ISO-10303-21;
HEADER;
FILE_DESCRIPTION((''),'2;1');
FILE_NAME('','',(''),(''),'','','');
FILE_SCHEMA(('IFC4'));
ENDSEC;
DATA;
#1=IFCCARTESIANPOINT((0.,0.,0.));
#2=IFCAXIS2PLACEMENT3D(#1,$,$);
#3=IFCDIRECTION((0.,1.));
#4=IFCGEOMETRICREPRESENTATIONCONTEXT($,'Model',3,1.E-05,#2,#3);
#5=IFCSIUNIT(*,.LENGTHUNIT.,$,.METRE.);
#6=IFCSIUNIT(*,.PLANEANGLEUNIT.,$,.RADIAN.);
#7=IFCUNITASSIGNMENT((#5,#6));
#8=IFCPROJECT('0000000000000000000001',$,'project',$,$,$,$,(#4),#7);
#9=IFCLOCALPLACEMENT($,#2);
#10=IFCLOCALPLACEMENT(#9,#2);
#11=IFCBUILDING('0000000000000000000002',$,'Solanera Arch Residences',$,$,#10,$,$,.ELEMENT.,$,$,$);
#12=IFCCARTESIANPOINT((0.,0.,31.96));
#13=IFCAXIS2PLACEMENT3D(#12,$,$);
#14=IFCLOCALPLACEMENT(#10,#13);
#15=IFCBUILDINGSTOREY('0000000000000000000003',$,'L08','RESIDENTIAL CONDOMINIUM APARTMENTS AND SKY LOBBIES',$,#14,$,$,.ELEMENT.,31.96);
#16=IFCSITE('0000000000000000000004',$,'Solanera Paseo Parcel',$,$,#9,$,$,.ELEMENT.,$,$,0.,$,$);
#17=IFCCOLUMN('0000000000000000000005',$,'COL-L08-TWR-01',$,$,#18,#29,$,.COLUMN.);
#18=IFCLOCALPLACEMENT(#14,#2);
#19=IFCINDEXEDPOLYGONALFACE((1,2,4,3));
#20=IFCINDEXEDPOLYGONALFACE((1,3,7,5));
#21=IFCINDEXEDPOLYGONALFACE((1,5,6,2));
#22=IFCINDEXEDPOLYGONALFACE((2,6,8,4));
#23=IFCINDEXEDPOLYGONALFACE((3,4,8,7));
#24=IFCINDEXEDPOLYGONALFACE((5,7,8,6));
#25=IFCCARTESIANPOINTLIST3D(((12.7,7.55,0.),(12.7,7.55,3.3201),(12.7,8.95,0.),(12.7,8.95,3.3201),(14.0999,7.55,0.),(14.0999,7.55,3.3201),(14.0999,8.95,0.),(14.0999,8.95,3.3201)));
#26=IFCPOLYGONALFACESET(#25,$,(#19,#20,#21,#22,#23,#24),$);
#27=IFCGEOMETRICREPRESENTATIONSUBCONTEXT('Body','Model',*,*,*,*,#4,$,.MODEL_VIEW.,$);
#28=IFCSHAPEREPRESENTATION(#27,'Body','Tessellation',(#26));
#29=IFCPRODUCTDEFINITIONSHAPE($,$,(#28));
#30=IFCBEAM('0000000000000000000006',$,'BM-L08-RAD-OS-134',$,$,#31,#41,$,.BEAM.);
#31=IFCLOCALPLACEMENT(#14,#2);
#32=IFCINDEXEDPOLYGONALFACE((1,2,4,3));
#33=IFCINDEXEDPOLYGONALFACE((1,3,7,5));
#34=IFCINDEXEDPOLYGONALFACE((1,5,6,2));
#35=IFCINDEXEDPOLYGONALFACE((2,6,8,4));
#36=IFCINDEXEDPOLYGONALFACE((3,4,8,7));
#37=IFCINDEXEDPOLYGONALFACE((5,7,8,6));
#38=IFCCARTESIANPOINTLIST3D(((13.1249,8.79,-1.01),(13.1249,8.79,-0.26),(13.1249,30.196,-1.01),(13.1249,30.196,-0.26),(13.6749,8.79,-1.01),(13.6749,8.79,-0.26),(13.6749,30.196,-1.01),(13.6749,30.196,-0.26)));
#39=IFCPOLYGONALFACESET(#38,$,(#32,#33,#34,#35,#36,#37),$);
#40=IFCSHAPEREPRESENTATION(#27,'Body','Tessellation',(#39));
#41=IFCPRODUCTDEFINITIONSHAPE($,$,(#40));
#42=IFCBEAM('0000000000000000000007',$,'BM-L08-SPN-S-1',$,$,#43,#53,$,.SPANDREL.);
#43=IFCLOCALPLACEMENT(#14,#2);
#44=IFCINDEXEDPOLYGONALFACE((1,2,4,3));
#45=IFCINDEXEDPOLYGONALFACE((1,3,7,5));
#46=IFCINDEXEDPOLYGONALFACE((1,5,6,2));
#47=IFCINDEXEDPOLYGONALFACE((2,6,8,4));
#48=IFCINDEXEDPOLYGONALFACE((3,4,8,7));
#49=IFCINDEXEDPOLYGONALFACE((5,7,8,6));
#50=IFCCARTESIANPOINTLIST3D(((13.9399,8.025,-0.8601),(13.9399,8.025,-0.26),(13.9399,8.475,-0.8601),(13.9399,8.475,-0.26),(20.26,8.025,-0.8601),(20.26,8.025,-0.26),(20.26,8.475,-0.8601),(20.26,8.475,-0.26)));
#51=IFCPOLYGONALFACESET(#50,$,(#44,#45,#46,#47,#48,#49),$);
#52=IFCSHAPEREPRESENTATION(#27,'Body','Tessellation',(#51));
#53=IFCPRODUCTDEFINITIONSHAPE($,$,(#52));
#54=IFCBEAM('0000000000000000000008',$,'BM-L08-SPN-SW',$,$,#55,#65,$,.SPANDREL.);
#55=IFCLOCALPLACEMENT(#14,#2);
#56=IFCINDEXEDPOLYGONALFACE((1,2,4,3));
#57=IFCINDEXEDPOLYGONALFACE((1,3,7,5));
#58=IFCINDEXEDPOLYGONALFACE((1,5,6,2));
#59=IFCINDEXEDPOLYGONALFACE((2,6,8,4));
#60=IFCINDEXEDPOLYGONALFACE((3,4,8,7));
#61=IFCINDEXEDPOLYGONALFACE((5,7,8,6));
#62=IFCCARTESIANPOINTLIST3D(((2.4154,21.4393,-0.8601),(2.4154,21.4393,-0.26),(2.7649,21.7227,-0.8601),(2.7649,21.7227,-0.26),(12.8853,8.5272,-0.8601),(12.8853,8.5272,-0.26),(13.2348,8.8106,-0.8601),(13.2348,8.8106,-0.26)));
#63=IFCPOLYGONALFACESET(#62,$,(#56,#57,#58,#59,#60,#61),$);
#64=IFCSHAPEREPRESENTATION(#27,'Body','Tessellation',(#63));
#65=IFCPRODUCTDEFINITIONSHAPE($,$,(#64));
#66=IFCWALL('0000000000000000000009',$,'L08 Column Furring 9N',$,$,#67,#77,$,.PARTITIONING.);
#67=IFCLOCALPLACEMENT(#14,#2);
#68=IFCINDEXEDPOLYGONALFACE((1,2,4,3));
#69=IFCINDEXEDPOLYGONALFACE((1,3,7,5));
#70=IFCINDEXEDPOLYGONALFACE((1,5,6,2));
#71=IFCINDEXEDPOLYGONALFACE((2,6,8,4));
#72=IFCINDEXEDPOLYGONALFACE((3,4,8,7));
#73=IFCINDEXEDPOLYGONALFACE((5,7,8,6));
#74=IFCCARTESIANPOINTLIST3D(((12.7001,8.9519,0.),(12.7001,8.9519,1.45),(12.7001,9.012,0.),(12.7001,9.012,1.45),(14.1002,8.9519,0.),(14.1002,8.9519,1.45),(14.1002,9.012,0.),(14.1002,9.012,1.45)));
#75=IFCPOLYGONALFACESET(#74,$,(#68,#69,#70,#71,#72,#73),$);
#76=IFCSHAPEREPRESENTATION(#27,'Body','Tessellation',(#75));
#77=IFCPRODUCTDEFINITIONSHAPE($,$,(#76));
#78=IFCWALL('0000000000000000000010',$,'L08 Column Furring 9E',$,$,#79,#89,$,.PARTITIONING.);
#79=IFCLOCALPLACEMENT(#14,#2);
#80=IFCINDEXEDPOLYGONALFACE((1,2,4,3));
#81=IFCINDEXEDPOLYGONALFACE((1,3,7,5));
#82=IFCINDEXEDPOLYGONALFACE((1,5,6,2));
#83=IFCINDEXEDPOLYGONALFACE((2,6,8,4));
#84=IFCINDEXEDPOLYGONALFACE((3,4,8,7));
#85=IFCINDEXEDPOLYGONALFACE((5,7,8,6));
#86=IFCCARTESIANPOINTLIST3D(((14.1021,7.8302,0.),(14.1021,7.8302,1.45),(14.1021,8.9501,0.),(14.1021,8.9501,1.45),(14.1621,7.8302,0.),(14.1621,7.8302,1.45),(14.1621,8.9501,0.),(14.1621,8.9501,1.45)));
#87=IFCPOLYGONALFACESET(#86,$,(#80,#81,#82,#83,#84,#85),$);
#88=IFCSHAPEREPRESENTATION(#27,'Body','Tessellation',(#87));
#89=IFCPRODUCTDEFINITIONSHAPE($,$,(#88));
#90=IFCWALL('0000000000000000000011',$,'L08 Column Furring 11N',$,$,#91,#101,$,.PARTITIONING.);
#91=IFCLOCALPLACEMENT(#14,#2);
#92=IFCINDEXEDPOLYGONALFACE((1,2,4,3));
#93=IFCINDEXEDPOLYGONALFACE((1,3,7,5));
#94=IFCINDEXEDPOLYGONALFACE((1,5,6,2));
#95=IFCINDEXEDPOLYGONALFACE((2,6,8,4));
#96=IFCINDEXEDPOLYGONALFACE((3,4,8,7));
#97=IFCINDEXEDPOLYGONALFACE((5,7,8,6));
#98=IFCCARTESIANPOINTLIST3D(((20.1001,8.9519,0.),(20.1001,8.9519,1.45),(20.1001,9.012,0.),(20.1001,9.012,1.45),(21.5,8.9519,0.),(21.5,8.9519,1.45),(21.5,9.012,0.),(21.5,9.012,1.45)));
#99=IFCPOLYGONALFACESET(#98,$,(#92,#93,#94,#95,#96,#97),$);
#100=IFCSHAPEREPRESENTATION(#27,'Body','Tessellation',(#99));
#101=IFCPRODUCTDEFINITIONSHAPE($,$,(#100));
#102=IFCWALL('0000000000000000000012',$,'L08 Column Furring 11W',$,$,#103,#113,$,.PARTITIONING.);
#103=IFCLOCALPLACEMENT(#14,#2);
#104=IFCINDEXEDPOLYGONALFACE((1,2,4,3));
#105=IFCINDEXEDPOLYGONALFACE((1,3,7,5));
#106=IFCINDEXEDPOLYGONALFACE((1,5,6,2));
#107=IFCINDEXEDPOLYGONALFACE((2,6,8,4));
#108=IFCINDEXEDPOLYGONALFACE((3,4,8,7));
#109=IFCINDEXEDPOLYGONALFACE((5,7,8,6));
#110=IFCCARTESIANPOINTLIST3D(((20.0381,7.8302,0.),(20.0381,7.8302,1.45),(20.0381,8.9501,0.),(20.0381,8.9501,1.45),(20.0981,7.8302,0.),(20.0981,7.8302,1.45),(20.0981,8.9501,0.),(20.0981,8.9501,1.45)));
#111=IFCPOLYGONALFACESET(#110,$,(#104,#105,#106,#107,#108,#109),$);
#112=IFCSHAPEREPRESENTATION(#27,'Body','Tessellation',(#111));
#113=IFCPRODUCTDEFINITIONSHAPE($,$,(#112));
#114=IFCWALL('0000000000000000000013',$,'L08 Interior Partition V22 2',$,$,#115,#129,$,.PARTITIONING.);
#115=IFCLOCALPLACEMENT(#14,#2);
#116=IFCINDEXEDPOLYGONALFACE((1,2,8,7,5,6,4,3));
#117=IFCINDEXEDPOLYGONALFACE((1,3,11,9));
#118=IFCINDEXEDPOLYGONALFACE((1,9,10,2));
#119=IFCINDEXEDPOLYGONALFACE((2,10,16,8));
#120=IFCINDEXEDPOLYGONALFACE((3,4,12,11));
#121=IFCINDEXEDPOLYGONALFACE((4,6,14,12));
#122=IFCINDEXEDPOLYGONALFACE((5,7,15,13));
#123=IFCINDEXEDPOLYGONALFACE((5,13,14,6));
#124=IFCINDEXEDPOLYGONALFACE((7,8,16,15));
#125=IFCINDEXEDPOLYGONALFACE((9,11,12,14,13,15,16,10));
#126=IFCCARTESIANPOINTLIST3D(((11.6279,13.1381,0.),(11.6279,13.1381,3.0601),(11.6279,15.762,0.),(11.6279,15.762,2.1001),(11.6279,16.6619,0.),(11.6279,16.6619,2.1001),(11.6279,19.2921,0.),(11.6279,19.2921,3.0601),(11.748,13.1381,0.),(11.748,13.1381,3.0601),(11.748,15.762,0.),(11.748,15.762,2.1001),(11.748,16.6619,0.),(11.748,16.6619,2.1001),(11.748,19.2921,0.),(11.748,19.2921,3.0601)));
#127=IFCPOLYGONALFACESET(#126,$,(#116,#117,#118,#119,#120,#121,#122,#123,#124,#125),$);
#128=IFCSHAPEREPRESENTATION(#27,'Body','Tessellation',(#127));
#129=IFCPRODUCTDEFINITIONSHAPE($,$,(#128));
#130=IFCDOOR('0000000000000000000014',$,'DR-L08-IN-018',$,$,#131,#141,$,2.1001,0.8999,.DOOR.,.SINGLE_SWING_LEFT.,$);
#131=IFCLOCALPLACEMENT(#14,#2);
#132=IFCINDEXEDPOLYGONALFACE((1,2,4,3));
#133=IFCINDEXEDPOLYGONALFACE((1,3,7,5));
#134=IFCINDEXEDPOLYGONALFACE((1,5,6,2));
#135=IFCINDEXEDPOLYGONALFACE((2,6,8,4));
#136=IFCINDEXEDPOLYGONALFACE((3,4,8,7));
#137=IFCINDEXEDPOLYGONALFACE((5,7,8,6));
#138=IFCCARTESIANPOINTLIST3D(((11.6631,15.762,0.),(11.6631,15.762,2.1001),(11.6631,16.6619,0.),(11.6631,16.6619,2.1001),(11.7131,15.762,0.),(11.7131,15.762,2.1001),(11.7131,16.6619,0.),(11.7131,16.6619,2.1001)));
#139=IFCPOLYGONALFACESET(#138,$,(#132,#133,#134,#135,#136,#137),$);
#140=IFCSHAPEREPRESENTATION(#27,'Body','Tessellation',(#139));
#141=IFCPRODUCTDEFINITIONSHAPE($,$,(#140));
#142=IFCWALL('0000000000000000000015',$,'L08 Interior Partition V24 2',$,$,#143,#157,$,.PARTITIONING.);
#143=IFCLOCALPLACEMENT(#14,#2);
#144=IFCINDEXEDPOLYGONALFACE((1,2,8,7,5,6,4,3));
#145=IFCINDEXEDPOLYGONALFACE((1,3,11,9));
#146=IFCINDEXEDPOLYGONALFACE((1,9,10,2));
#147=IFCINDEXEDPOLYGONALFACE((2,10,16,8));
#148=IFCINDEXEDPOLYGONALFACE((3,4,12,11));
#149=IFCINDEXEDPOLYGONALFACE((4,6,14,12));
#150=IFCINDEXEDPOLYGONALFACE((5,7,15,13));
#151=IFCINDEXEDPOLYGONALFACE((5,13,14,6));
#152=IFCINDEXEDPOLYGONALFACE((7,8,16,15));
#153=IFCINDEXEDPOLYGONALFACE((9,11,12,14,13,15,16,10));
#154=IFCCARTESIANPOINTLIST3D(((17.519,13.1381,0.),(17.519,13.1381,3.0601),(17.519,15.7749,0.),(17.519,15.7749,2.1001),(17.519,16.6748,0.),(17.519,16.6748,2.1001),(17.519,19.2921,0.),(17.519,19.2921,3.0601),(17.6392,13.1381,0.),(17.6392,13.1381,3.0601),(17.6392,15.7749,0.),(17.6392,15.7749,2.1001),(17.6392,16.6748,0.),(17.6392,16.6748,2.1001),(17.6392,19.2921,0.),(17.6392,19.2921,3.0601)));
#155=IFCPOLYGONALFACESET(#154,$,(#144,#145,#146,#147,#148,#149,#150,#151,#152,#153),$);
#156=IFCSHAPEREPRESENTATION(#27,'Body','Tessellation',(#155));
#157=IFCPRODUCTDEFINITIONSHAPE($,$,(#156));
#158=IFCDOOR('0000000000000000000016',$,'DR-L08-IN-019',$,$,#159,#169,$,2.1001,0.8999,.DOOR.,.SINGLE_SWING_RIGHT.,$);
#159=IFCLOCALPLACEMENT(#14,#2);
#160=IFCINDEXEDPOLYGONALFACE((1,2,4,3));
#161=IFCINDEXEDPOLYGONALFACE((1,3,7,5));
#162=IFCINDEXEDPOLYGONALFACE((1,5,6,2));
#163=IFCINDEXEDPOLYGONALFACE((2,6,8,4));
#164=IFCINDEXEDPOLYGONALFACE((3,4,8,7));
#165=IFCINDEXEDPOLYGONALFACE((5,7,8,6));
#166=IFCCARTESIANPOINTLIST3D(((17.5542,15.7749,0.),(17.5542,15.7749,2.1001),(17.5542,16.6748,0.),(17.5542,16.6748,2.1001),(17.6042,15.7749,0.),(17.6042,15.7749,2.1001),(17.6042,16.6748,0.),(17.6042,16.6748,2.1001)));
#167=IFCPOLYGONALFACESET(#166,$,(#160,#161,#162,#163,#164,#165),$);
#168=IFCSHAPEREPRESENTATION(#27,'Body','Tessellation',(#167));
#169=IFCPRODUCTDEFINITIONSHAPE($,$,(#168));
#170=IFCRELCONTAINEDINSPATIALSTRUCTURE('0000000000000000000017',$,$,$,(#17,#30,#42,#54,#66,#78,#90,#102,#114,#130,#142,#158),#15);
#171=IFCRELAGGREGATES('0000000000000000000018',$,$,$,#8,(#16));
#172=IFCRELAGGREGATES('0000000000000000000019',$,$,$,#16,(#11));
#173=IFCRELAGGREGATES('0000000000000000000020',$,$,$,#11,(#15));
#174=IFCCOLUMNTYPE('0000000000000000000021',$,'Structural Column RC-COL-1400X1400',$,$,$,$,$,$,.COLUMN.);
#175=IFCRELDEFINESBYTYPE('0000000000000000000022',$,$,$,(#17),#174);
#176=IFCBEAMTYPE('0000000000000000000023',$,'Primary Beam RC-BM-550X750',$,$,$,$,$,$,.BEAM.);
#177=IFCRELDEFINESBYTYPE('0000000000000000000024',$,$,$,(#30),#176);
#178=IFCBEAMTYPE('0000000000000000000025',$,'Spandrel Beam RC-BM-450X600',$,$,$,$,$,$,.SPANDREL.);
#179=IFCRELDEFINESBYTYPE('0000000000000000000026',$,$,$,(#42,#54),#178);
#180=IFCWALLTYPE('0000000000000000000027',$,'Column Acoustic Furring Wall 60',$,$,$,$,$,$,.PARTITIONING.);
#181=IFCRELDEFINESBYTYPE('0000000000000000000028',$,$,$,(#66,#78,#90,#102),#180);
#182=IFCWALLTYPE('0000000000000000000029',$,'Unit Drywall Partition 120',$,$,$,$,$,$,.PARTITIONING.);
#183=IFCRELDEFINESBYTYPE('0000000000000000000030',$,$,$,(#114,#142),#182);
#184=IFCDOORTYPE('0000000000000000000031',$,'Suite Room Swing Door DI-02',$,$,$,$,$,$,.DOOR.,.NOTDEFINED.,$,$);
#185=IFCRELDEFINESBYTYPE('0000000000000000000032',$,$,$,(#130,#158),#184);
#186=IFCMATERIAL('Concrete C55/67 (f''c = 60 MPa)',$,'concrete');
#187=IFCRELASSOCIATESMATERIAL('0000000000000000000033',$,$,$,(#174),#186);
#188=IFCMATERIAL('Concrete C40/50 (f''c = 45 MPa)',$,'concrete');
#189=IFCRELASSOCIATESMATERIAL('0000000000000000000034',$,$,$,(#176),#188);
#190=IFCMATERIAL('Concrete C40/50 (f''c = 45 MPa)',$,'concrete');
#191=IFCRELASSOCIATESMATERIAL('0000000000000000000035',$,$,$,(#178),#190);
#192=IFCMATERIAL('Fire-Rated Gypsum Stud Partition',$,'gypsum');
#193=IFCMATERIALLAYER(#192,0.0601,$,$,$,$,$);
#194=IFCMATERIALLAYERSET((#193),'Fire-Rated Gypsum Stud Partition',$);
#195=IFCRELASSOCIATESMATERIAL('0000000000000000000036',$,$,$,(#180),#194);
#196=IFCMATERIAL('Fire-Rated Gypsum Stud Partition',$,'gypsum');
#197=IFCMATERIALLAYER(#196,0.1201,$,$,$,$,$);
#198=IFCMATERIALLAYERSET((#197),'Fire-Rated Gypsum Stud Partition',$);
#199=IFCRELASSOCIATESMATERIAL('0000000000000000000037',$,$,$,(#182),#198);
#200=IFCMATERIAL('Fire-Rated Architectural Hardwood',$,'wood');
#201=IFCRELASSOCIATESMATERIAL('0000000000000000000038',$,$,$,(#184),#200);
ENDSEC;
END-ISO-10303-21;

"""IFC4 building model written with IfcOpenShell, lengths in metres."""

from ifc_helpers import new_model, si_unit, direction, frame, frame_2d, origin, origin_2d, place, context, subcontext, project, spatial, rectangle, extrude, material, layer, layer_set, material_profile, profile_set, type_object, element, fill, save


model = new_model("IFC4")

# Units and contexts
model_context = context("Model", 3, precision=1e-05, world=origin(), true_north=direction((0.0, 1.0)))
body_context = subcontext(model_context, "Body", "Model", "MODEL_VIEW")
ifc_project = project(units=[si_unit("LENGTHUNIT", "METRE"), si_unit("PLANEANGLEUNIT", "RADIAN")], contexts=[model_context])

# Site, building, storey
site_placement = place(None, origin())
site = spatial("IfcSite", under=ifc_project, at=site_placement, Name="Solanera Paseo Parcel", CompositionType="ELEMENT", RefElevation=0.0)
building_placement = place(site_placement, origin())
building = spatial("IfcBuilding", under=site, at=building_placement, Name="Solanera Arch Residences", CompositionType="ELEMENT")
storey_placement = place(building_placement, frame((0.0, 0.0, 31.96)))
storey = spatial("IfcBuildingStorey", under=building, at=storey_placement, Name="L08", Description="RESIDENTIAL CONDOMINIUM APARTMENTS AND SKY LOBBIES", CompositionType="ELEMENT", Elevation=31.96)

# Column
ifc_material_1 = material(Name="Concrete C55/67 (f'c = 60 MPa)", Category="concrete")
ifc_material_profile_1 = material_profile(ifc_material_1, rectangle(XDim=1.3999, YDim=1.3999, at=origin_2d()))
ifc_profile_set_1 = profile_set([ifc_material_profile_1], Name="Concrete C55/67 (f'c = 60 MPa)")
column_type = type_object("IfcColumnType", Name="Structural Column RC-COL-1400X1400", PredefinedType="COLUMN", material=ifc_profile_set_1)
column_placement = place(storey_placement, frame((13.3999, 8.25, 0.0), z_axis=(0.0, 0.0, 1.0), x_axis=(1.0, 0.0, 0.0)))
element("IfcColumn", 1, at=column_placement, inside=storey, type_object=column_type, Name="COL-L08-TWR-01", PredefinedType="COLUMN", context=body_context, shape_type="SweptSolid", body=[
    extrude(rectangle(XDim=1.3999, YDim=1.3999, at=origin_2d()), origin(), (0.0, 0.0, 1.0), 3.3201),
])

# Beams
ifc_material_2 = material(Name="Concrete C40/50 (f'c = 45 MPa)", Category="concrete")
ifc_material_profile_2 = material_profile(ifc_material_2, rectangle(XDim=0.55, YDim=0.75, at=origin_2d()))
ifc_profile_set_2 = profile_set([ifc_material_profile_2], Name="Concrete C40/50 (f'c = 45 MPa)")
beam_type_1 = type_object("IfcBeamType", Name="Primary Beam RC-BM-550X750", PredefinedType="BEAM", material=ifc_profile_set_2)
beam_1_placement = place(storey_placement, frame((13.3999, 8.79, -0.635), z_axis=(0.0, 1.0, 0.0), x_axis=(-1.0, 0.0, 0.0)))
element("IfcBeam", 2, at=beam_1_placement, inside=storey, type_object=beam_type_1, Name="BM-L08-RAD-OS-134", PredefinedType="BEAM", context=body_context, shape_type="SweptSolid", body=[
    extrude(rectangle(XDim=0.55, YDim=0.75, at=origin_2d()), origin(), (0.0, 0.0, 1.0), 21.406),
])
ifc_material_3 = material(Name="Concrete C40/50 (f'c = 45 MPa)", Category="concrete")
ifc_material_profile_3 = material_profile(ifc_material_3, rectangle(XDim=0.45, YDim=0.6001, at=origin_2d()))
ifc_profile_set_3 = profile_set([ifc_material_profile_3], Name="Concrete C40/50 (f'c = 45 MPa)")
beam_type_2 = type_object("IfcBeamType", Name="Spandrel Beam RC-BM-450X600", PredefinedType="SPANDREL", material=ifc_profile_set_3)
beam_2_placement = place(storey_placement, frame((13.9399, 8.25, -0.5601), z_axis=(1.0, 0.0, 0.0), x_axis=(0.0, 1.0, 0.0)))
element("IfcBeam", 3, at=beam_2_placement, inside=storey, type_object=beam_type_2, Name="BM-L08-SPN-S-1", PredefinedType="SPANDREL", context=body_context, shape_type="SweptSolid", body=[
    extrude(rectangle(XDim=0.45, YDim=0.6001, at=origin_2d()), origin(), (0.0, 0.0, 1.0), 6.3201),
])
beam_3_placement = place(storey_placement, frame((13.0601, 8.6689, -0.5601), z_axis=(-0.629827, 0.776735, 0.0), x_axis=(-0.776735, -0.629827, 0.0)))
element("IfcBeam", 4, at=beam_3_placement, inside=storey, type_object=beam_type_2, Name="BM-L08-SPN-SW", PredefinedType="SPANDREL", context=body_context, shape_type="SweptSolid", body=[
    extrude(rectangle(XDim=0.45, YDim=0.6001, at=origin_2d()), origin(), (0.0, 0.0, 1.0), 16.6235),
])

# Walls
ifc_material_4 = material(Name="Fire-Rated Gypsum Stud Partition", Category="gypsum")
ifc_layer_1 = layer(ifc_material_4, 0.0601)
ifc_layer_set_1 = layer_set([ifc_layer_1], Name="Fire-Rated Gypsum Stud Partition")
wall_type_1 = type_object("IfcWallType", Name="Column Acoustic Furring Wall 60", PredefinedType="PARTITIONING", material=ifc_layer_set_1)
wall_1_placement = place(storey_placement, frame((12.7, 8.9819, 0.0), z_axis=(0.0, 0.0, 1.0), x_axis=(1.0, 0.0, 0.0)))
element("IfcWall", 5, at=wall_1_placement, inside=storey, type_object=wall_type_1, Name="L08 Column Furring 9N", PredefinedType="PARTITIONING", context=body_context, shape_type="SweptSolid", body=[
    extrude(rectangle(XDim=1.4001, YDim=0.0601, at=frame_2d((0.7002, 0.0))), origin(), (0.0, 0.0, 1.0), 1.45),
])
wall_2_placement = place(storey_placement, frame((14.1321, 7.8301, 0.0), z_axis=(0.0, 0.0, 1.0), x_axis=(0.0, 1.0, 0.0)))
element("IfcWall", 6, at=wall_2_placement, inside=storey, type_object=wall_type_1, Name="L08 Column Furring 9E", PredefinedType="PARTITIONING", context=body_context, shape_type="SweptSolid", body=[
    extrude(rectangle(XDim=1.1199, YDim=0.0601, at=frame_2d((0.5601, 0.0))), origin(), (0.0, 0.0, 1.0), 1.45),
])
wall_3_placement = place(storey_placement, frame((20.1001, 8.9819, 0.0), z_axis=(0.0, 0.0, 1.0), x_axis=(1.0, 0.0, 0.0)))
element("IfcWall", 7, at=wall_3_placement, inside=storey, type_object=wall_type_1, Name="L08 Column Furring 11N", PredefinedType="PARTITIONING", context=body_context, shape_type="SweptSolid", body=[
    extrude(rectangle(XDim=1.3999, YDim=0.0601, at=frame_2d((0.7, 0.0))), origin(), (0.0, 0.0, 1.0), 1.45),
])
wall_4_placement = place(storey_placement, frame((20.0681, 7.8301, 0.0), z_axis=(0.0, 0.0, 1.0), x_axis=(0.0, 1.0, 0.0)))
element("IfcWall", 8, at=wall_4_placement, inside=storey, type_object=wall_type_1, Name="L08 Column Furring 11W", PredefinedType="PARTITIONING", context=body_context, shape_type="SweptSolid", body=[
    extrude(rectangle(XDim=1.1199, YDim=0.0601, at=frame_2d((0.5601, 0.0))), origin(), (0.0, 0.0, 1.0), 1.45),
])

# Walls, openings, doors
ifc_material_5 = material(Name="Fire-Rated Gypsum Stud Partition", Category="gypsum")
ifc_layer_2 = layer(ifc_material_5, 0.1201)
ifc_layer_set_2 = layer_set([ifc_layer_2], Name="Fire-Rated Gypsum Stud Partition")
wall_type_2 = type_object("IfcWallType", Name="Unit Drywall Partition 120", PredefinedType="PARTITIONING", material=ifc_layer_set_2)
wall_5_placement = place(storey_placement, frame((11.688, 13.1379, 0.0), z_axis=(0.0, 0.0, 1.0), x_axis=(0.0, 1.0, 0.0)))
wall_5 = element("IfcWall", 9, at=wall_5_placement, inside=storey, type_object=wall_type_2, Name="L08 Interior Partition V22 2", PredefinedType="PARTITIONING", context=body_context, shape_type="SweptSolid", body=[
    extrude(rectangle(XDim=6.1541, YDim=0.1201, at=frame_2d((3.0771, 0.0))), origin(), (0.0, 0.0, 1.0), 3.0601),
])
opening_1_placement = place(wall_5_placement, frame((2.624, 0.0, 0.0)))
opening_1 = element("IfcOpeningElement", 10, at=opening_1_placement, cuts=wall_5, PredefinedType="OPENING", context=body_context, shape_type="SweptSolid", body=[
    extrude(rectangle(XDim=0.8999, YDim=2.1001, at=frame_2d((0.45, 1.05))), frame((0.0, 0.0701, 0.0), z_axis=(0.0, -1.0, 0.0), x_axis=(1.0, 0.0, 0.0)), (0.0, 0.0, 1.0), 0.1401),
])
ifc_material_6 = material(Name="Fire-Rated Architectural Hardwood", Category="wood")
door_type = type_object("IfcDoorType", Name="Suite Room Swing Door DI-02", OperationType="NOTDEFINED", PredefinedType="DOOR", material=ifc_material_6)
door_1_placement = place(opening_1_placement, origin())
door_1 = element("IfcDoor", 11, at=door_1_placement, inside=storey, type_object=door_type, Name="DR-L08-IN-018", OperationType="SINGLE_SWING_LEFT", OverallHeight=2.1001, OverallWidth=0.8999, PredefinedType="DOOR", context=body_context, shape_type="SweptSolid", body=[
    extrude(rectangle(XDim=0.8999, YDim=2.1001, at=frame_2d((0.45, 1.05))), frame((0.0, 0.0249, 0.0), z_axis=(0.0, -1.0, 0.0), x_axis=(1.0, 0.0, 0.0)), (0.0, 0.0, 1.0), 0.05),
])
fill(opening_1, door_1)
wall_6_placement = place(storey_placement, frame((17.5791, 13.1379, 0.0), z_axis=(0.0, 0.0, 1.0), x_axis=(0.0, 1.0, 0.0)))
wall_6 = element("IfcWall", 12, at=wall_6_placement, inside=storey, type_object=wall_type_2, Name="L08 Interior Partition V24 2", PredefinedType="PARTITIONING", context=body_context, shape_type="SweptSolid", body=[
    extrude(rectangle(XDim=6.1541, YDim=0.1201, at=frame_2d((3.0771, 0.0))), origin(), (0.0, 0.0, 1.0), 3.0601),
])
opening_2_placement = place(wall_6_placement, frame((2.637, 0.0, 0.0)))
opening_2 = element("IfcOpeningElement", 13, at=opening_2_placement, cuts=wall_6, PredefinedType="OPENING", context=body_context, shape_type="SweptSolid", body=[
    extrude(rectangle(XDim=0.8999, YDim=2.1001, at=frame_2d((0.45, 1.05))), frame((0.0, 0.0701, 0.0), z_axis=(0.0, -1.0, 0.0), x_axis=(1.0, 0.0, 0.0)), (0.0, 0.0, 1.0), 0.1401),
])
door_2_placement = place(opening_2_placement, origin())
door_2 = element("IfcDoor", 14, at=door_2_placement, inside=storey, type_object=door_type, Name="DR-L08-IN-019", OperationType="SINGLE_SWING_RIGHT", OverallHeight=2.1001, OverallWidth=0.8999, PredefinedType="DOOR", context=body_context, shape_type="SweptSolid", body=[
    extrude(rectangle(XDim=0.8999, YDim=2.1001, at=frame_2d((0.45, 1.05))), frame((0.0, 0.0249, 0.0), z_axis=(0.0, -1.0, 0.0), x_axis=(1.0, 0.0, 0.0)), (0.0, 0.0, 1.0), 0.05),
])
fill(opening_2, door_2)

save(model, "model.ifc")
